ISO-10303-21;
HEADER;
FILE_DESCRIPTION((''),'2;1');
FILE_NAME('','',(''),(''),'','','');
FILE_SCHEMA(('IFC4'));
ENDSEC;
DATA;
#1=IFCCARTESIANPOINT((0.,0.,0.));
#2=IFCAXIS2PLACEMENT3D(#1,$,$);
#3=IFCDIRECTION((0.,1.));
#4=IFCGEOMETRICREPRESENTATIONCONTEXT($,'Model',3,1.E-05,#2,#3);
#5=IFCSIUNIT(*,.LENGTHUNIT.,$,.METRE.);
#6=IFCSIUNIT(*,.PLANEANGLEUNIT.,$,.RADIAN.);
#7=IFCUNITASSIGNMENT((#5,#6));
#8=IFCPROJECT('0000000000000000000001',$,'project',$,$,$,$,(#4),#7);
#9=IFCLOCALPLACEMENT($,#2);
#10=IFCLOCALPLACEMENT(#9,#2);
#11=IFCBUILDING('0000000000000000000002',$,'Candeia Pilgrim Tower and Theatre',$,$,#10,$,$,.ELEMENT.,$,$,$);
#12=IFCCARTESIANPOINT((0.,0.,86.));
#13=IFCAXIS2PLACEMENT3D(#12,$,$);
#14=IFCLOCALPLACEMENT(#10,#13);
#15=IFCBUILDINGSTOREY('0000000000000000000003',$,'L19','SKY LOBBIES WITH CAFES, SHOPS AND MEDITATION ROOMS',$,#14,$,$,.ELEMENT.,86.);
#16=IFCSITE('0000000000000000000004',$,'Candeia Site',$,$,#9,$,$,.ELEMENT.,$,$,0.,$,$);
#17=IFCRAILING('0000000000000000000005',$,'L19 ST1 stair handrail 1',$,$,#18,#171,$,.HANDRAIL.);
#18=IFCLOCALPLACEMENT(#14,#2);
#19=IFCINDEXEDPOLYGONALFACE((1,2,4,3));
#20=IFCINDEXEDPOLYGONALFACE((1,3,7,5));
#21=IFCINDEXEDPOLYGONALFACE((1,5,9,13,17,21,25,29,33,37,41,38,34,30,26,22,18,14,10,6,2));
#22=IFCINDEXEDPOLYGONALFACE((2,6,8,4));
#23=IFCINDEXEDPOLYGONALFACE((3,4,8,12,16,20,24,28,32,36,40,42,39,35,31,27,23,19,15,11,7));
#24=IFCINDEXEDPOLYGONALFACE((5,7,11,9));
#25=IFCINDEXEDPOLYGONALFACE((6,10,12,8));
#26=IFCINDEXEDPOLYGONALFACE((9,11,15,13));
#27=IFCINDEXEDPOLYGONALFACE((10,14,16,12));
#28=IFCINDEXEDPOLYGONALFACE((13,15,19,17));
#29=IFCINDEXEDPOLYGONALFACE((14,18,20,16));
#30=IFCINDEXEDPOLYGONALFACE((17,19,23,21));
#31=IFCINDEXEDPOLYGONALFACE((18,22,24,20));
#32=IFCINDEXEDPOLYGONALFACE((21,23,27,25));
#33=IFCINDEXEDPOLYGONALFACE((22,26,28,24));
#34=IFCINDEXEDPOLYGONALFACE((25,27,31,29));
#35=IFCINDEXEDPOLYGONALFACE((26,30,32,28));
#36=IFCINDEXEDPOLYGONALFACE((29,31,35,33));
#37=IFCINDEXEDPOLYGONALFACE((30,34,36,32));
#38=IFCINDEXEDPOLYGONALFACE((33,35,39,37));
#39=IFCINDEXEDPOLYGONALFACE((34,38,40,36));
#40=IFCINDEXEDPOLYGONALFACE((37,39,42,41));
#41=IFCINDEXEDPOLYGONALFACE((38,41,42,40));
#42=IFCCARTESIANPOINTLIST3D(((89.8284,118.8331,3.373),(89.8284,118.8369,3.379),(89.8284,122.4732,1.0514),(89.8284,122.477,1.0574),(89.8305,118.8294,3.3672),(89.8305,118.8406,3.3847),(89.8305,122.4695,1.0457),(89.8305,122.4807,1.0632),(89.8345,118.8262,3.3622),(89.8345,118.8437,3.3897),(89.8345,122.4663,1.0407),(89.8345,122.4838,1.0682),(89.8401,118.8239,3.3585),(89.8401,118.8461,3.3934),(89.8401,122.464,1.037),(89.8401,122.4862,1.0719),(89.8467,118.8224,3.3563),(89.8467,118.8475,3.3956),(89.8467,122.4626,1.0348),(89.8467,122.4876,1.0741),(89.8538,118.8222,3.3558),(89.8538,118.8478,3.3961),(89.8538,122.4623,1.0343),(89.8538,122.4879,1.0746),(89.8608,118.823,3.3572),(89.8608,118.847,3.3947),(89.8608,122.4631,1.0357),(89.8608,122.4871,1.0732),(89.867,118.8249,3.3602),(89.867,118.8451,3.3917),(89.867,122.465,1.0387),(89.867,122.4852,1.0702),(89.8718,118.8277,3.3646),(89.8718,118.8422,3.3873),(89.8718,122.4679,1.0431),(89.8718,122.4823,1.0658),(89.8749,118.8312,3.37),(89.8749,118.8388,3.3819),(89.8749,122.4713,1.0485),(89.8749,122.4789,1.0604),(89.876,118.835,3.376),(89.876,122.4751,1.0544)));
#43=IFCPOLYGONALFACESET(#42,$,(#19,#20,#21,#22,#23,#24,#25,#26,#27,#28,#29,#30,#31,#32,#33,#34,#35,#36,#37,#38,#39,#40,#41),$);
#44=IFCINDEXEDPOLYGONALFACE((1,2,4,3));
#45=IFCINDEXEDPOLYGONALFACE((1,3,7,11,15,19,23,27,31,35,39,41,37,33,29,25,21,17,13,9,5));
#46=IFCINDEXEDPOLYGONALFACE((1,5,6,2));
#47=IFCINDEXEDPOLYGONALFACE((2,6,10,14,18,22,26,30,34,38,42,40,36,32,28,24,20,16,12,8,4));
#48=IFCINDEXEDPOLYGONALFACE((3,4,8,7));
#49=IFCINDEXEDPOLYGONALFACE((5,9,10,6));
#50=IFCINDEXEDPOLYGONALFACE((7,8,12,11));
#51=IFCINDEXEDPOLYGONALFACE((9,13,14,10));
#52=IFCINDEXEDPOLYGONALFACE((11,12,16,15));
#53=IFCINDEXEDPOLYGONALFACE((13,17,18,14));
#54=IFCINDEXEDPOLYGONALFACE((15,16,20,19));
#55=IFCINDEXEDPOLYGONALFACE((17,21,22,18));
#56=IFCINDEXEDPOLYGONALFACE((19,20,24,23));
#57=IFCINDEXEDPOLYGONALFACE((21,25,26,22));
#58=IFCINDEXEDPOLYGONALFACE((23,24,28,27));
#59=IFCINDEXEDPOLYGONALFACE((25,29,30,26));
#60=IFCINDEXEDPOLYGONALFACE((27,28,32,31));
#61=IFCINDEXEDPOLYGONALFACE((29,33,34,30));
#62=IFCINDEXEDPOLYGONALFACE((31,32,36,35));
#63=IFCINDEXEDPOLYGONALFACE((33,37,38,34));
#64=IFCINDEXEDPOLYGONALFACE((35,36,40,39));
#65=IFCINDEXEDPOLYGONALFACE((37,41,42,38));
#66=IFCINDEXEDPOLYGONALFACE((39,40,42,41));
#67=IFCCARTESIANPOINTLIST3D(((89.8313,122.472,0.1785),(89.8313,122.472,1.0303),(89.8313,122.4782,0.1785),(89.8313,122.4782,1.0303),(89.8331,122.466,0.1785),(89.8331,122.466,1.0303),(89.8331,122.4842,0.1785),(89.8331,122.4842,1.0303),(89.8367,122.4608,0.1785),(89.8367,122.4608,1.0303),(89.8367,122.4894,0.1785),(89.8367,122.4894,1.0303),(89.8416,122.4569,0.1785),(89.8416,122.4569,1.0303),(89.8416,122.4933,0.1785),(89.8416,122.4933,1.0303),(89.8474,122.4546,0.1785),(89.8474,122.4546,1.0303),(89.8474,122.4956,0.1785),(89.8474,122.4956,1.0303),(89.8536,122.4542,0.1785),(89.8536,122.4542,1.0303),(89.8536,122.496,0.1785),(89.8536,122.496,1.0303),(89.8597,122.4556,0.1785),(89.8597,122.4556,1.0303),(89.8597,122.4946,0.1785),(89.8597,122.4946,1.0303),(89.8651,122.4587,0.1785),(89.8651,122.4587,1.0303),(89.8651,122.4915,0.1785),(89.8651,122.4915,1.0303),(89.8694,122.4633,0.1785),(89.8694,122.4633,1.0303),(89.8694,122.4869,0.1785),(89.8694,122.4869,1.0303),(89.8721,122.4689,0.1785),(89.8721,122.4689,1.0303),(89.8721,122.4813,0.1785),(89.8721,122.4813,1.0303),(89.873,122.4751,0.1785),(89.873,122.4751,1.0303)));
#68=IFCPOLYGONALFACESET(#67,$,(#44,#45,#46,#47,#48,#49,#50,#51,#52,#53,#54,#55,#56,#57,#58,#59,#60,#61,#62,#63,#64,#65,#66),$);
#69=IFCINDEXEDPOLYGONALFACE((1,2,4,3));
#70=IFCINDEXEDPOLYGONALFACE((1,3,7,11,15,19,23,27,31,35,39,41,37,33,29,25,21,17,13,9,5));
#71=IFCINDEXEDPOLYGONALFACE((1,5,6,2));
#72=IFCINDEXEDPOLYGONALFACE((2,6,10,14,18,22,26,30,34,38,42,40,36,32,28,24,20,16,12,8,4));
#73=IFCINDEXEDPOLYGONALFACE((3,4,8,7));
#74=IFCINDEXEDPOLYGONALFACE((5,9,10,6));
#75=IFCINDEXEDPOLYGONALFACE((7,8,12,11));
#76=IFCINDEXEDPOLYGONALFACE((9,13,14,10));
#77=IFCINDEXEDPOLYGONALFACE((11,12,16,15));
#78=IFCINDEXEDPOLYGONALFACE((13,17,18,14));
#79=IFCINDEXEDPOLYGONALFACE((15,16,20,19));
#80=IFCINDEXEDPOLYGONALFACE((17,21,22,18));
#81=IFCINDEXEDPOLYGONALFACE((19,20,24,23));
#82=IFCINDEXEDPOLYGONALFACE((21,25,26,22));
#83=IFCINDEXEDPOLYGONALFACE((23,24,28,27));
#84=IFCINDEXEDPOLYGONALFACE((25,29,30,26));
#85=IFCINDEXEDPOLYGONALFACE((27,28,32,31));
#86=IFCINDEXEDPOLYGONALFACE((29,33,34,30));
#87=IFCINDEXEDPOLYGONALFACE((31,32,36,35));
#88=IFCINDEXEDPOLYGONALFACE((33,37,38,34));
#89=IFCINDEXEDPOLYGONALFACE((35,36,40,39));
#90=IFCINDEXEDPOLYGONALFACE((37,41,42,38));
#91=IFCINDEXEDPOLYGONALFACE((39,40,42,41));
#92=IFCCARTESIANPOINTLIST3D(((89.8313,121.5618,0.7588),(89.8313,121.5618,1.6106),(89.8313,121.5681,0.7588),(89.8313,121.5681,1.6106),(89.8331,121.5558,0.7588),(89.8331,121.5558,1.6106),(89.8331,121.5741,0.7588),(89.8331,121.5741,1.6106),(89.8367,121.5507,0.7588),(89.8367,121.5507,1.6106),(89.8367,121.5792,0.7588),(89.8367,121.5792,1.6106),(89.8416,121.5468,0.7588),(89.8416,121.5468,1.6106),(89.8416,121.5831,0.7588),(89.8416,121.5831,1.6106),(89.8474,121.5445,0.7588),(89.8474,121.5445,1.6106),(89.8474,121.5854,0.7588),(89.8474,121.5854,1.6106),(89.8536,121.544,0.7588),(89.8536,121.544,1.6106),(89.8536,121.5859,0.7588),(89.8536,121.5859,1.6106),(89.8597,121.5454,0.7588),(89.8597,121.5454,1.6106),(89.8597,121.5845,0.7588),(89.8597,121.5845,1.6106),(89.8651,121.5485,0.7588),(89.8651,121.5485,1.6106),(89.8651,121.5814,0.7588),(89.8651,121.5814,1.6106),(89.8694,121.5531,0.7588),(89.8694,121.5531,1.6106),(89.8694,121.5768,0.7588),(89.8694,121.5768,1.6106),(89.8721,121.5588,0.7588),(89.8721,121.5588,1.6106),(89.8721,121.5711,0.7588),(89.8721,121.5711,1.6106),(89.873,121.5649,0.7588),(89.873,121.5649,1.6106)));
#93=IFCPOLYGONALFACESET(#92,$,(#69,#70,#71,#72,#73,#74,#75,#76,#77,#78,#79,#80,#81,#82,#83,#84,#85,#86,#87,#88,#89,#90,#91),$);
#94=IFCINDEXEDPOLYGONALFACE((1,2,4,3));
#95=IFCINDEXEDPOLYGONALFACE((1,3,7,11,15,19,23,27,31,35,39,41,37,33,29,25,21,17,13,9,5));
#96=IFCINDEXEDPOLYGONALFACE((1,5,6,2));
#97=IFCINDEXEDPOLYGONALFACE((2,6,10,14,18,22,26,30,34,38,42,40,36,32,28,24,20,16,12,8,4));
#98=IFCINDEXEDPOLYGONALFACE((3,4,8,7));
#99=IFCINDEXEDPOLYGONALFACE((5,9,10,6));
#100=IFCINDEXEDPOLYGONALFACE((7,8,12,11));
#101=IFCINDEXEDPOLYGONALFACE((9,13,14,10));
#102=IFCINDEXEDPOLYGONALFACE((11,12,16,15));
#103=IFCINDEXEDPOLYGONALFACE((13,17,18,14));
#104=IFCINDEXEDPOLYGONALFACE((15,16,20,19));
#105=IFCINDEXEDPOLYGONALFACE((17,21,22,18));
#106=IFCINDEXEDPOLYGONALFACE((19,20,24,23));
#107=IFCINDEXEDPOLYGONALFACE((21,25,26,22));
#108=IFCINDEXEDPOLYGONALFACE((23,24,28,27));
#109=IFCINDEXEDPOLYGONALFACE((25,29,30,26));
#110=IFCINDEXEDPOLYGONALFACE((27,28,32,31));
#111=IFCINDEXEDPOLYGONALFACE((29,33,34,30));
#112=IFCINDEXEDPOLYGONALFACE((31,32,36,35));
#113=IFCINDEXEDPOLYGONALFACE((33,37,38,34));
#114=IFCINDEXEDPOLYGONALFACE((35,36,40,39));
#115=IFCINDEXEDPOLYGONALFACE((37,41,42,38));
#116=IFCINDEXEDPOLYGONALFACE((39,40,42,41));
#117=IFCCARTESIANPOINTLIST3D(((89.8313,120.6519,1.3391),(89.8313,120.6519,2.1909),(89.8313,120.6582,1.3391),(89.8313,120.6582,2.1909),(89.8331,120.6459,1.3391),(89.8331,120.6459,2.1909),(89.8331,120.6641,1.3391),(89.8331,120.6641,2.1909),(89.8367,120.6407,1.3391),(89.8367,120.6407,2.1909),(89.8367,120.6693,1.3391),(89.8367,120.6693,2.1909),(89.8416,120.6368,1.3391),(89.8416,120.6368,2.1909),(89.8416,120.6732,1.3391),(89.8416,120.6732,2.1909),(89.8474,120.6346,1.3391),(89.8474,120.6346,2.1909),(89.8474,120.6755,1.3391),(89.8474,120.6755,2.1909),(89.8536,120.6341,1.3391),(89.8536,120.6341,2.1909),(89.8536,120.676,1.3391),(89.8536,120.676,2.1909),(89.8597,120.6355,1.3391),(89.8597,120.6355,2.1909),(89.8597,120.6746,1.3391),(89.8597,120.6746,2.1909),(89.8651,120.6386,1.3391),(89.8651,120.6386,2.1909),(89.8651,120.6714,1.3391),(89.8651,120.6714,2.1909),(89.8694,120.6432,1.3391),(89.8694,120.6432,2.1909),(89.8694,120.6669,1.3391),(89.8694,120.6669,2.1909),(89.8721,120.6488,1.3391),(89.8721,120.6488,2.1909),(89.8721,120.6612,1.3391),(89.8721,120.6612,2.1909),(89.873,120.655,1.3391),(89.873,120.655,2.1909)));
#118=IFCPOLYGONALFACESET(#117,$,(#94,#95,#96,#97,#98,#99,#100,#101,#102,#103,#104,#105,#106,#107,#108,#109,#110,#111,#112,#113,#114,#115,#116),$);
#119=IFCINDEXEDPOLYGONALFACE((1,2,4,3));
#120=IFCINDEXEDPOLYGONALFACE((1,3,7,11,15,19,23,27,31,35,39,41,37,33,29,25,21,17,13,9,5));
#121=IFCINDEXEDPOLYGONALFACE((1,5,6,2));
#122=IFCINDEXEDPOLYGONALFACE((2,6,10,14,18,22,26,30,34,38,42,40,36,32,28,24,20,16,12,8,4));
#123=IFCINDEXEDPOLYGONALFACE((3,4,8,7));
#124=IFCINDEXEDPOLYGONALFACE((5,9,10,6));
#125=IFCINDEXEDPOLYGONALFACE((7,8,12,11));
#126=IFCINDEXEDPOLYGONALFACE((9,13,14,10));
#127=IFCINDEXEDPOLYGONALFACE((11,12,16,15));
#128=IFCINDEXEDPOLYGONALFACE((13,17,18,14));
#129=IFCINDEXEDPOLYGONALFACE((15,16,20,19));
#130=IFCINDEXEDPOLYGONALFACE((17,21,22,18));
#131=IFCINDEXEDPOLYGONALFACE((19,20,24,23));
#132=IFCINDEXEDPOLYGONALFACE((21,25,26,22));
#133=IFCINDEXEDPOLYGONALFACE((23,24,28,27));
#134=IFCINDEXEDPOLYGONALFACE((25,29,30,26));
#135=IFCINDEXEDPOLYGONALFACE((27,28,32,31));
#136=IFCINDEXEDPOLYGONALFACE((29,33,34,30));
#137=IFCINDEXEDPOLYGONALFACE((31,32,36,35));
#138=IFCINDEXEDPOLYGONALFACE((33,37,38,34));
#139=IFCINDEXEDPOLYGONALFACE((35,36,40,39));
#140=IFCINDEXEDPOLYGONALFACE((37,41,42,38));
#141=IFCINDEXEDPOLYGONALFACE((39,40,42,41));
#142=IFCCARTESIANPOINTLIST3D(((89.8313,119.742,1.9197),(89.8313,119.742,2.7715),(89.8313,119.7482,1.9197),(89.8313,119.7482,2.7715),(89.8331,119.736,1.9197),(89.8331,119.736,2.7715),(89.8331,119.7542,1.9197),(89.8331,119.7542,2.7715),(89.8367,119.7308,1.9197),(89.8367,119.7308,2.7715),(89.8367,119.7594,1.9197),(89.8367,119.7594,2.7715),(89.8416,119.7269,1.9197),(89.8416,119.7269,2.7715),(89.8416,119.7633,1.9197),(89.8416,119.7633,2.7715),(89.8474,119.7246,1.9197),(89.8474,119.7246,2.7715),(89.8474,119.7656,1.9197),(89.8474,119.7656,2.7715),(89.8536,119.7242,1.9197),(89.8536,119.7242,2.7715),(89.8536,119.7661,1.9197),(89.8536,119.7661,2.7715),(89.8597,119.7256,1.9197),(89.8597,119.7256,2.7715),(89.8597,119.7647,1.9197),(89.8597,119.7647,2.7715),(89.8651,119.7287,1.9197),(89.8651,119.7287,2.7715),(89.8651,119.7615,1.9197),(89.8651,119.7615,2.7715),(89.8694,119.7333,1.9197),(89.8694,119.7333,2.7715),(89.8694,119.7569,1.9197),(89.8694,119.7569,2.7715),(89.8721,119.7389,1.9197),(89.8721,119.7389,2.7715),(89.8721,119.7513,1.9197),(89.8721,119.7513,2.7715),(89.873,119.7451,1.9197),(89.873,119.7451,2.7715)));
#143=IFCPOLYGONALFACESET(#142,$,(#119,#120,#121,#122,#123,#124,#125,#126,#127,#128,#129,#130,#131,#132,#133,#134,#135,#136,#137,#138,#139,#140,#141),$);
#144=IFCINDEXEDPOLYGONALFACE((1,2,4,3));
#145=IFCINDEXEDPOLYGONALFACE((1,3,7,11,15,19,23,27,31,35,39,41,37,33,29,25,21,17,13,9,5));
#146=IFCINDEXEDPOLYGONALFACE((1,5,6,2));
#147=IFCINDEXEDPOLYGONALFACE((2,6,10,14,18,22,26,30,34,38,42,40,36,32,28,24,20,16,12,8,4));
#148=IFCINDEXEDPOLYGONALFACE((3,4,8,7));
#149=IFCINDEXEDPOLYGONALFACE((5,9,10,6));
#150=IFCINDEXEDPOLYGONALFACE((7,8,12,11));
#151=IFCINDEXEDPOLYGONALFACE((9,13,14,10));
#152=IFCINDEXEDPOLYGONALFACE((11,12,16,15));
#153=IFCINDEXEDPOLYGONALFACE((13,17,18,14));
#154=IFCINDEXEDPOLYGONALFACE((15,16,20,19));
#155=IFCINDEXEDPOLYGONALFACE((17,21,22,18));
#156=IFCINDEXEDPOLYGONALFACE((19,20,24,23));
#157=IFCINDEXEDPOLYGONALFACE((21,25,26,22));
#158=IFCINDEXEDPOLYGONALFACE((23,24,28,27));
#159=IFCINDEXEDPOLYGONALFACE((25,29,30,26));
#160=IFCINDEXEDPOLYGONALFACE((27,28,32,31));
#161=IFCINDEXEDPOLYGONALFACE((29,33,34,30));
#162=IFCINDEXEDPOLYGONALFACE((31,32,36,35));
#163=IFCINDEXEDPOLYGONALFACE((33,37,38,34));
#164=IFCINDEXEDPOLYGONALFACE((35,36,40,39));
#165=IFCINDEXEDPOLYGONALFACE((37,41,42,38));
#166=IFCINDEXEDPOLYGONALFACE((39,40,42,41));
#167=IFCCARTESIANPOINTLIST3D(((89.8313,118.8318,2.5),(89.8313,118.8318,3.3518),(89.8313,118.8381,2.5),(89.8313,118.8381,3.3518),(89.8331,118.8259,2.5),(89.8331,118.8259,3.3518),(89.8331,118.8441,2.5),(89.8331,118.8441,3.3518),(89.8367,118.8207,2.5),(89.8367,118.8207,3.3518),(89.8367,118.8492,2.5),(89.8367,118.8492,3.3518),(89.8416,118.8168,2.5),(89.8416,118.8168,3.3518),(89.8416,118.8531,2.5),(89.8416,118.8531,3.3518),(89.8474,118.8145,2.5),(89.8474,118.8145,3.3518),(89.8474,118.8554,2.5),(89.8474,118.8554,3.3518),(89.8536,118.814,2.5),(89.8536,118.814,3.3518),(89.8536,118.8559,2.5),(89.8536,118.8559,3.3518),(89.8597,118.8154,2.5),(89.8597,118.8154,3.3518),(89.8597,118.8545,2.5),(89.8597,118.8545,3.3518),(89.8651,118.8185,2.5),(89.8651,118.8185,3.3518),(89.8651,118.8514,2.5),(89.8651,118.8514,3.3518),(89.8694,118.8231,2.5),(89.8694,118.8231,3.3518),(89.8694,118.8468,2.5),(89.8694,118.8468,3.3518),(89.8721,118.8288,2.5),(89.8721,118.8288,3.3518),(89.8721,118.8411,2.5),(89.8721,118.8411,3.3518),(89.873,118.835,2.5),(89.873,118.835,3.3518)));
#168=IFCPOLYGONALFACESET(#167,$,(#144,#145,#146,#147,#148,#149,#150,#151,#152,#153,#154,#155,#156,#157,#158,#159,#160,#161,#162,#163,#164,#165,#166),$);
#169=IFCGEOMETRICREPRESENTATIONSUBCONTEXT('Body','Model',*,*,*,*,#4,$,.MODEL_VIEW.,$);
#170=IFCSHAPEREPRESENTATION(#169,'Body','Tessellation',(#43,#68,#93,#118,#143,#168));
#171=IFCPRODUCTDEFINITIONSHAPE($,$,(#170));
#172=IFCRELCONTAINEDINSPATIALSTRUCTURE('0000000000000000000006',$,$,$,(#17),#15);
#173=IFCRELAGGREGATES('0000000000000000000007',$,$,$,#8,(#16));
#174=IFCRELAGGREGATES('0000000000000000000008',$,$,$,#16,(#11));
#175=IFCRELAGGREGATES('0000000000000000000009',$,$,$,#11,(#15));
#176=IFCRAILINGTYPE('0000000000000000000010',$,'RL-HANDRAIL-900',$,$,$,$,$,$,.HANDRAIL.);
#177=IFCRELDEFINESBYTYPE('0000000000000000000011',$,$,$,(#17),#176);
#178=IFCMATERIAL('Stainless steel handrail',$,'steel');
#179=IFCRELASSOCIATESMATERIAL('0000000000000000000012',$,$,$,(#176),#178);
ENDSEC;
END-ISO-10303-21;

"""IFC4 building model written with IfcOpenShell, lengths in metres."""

from ifc_helpers import new_model, si_unit, direction, frame, origin, origin_2d, place, context, subcontext, project, spatial, circle, extrude, material, type_object, element, save


model = new_model("IFC4")

# Units and contexts
model_context = context("Model", 3, precision=1e-05, world=origin(), true_north=direction((0.0, 1.0)))
body_context = subcontext(model_context, "Body", "Model", "MODEL_VIEW")
ifc_project = project(units=[si_unit("LENGTHUNIT", "METRE"), si_unit("PLANEANGLEUNIT", "RADIAN")], contexts=[model_context])

# Site, building, storey
site_placement = place(None, origin())
site = spatial("IfcSite", under=ifc_project, at=site_placement, Name="Candeia Site", CompositionType="ELEMENT", RefElevation=0.0)
building_placement = place(site_placement, origin())
building = spatial("IfcBuilding", under=site, at=building_placement, Name="Candeia Pilgrim Tower and Theatre", CompositionType="ELEMENT")
storey_placement = place(building_placement, frame((0.0, 0.0, 86.0)))
storey = spatial("IfcBuildingStorey", under=building, at=storey_placement, Name="L19", Description="SKY LOBBIES WITH CAFES, SHOPS AND MEDITATION ROOMS", CompositionType="ELEMENT", Elevation=86.0)

# Railing
ifc_material_1 = material(Name="Stainless steel handrail", Category="steel")
railing_type_1 = type_object("IfcRailingType", Name="RL-HANDRAIL-900", PredefinedType="HANDRAIL", material=ifc_material_1)
for number, where, name in (
    (1, (89.8521, 122.4751, 0.1785), "L19 ST1 stair handrail 1"),
):
    element("IfcRailing", number, at=place(storey_placement, frame(where)), inside=storey, type_object=railing_type_1, Name=name, PredefinedType="HANDRAIL", context=body_context, shape_type="SweptSolid", body=[
        extrude(circle(Radius=0.0239, at=origin_2d()), frame((0.0, 0.0, 0.876), z_axis=(0.0, -0.843128, 0.537713), x_axis=(1.0, 0.0, 0.0)), (0.0, 0.0, 1.0), 4.3174),
        extrude(circle(Radius=0.021, at=origin_2d()), origin(), (0.0, 0.0, 1.0), 0.8518),
        extrude(circle(Radius=0.021, at=origin_2d()), frame((0.0, -0.9102, 0.5803)), (0.0, 0.0, 1.0), 0.8518),
        extrude(circle(Radius=0.021, at=origin_2d()), frame((0.0, -1.8201, 1.1606)), (0.0, 0.0, 1.0), 0.8518),
        extrude(circle(Radius=0.021, at=origin_2d()), frame((0.0, -2.73, 1.7412)), (0.0, 0.0, 1.0), 0.8518),
        extrude(circle(Radius=0.021, at=origin_2d()), frame((0.0, -3.6401, 2.3215)), (0.0, 0.0, 1.0), 0.8518),
    ])

save(model, "model.ifc")
